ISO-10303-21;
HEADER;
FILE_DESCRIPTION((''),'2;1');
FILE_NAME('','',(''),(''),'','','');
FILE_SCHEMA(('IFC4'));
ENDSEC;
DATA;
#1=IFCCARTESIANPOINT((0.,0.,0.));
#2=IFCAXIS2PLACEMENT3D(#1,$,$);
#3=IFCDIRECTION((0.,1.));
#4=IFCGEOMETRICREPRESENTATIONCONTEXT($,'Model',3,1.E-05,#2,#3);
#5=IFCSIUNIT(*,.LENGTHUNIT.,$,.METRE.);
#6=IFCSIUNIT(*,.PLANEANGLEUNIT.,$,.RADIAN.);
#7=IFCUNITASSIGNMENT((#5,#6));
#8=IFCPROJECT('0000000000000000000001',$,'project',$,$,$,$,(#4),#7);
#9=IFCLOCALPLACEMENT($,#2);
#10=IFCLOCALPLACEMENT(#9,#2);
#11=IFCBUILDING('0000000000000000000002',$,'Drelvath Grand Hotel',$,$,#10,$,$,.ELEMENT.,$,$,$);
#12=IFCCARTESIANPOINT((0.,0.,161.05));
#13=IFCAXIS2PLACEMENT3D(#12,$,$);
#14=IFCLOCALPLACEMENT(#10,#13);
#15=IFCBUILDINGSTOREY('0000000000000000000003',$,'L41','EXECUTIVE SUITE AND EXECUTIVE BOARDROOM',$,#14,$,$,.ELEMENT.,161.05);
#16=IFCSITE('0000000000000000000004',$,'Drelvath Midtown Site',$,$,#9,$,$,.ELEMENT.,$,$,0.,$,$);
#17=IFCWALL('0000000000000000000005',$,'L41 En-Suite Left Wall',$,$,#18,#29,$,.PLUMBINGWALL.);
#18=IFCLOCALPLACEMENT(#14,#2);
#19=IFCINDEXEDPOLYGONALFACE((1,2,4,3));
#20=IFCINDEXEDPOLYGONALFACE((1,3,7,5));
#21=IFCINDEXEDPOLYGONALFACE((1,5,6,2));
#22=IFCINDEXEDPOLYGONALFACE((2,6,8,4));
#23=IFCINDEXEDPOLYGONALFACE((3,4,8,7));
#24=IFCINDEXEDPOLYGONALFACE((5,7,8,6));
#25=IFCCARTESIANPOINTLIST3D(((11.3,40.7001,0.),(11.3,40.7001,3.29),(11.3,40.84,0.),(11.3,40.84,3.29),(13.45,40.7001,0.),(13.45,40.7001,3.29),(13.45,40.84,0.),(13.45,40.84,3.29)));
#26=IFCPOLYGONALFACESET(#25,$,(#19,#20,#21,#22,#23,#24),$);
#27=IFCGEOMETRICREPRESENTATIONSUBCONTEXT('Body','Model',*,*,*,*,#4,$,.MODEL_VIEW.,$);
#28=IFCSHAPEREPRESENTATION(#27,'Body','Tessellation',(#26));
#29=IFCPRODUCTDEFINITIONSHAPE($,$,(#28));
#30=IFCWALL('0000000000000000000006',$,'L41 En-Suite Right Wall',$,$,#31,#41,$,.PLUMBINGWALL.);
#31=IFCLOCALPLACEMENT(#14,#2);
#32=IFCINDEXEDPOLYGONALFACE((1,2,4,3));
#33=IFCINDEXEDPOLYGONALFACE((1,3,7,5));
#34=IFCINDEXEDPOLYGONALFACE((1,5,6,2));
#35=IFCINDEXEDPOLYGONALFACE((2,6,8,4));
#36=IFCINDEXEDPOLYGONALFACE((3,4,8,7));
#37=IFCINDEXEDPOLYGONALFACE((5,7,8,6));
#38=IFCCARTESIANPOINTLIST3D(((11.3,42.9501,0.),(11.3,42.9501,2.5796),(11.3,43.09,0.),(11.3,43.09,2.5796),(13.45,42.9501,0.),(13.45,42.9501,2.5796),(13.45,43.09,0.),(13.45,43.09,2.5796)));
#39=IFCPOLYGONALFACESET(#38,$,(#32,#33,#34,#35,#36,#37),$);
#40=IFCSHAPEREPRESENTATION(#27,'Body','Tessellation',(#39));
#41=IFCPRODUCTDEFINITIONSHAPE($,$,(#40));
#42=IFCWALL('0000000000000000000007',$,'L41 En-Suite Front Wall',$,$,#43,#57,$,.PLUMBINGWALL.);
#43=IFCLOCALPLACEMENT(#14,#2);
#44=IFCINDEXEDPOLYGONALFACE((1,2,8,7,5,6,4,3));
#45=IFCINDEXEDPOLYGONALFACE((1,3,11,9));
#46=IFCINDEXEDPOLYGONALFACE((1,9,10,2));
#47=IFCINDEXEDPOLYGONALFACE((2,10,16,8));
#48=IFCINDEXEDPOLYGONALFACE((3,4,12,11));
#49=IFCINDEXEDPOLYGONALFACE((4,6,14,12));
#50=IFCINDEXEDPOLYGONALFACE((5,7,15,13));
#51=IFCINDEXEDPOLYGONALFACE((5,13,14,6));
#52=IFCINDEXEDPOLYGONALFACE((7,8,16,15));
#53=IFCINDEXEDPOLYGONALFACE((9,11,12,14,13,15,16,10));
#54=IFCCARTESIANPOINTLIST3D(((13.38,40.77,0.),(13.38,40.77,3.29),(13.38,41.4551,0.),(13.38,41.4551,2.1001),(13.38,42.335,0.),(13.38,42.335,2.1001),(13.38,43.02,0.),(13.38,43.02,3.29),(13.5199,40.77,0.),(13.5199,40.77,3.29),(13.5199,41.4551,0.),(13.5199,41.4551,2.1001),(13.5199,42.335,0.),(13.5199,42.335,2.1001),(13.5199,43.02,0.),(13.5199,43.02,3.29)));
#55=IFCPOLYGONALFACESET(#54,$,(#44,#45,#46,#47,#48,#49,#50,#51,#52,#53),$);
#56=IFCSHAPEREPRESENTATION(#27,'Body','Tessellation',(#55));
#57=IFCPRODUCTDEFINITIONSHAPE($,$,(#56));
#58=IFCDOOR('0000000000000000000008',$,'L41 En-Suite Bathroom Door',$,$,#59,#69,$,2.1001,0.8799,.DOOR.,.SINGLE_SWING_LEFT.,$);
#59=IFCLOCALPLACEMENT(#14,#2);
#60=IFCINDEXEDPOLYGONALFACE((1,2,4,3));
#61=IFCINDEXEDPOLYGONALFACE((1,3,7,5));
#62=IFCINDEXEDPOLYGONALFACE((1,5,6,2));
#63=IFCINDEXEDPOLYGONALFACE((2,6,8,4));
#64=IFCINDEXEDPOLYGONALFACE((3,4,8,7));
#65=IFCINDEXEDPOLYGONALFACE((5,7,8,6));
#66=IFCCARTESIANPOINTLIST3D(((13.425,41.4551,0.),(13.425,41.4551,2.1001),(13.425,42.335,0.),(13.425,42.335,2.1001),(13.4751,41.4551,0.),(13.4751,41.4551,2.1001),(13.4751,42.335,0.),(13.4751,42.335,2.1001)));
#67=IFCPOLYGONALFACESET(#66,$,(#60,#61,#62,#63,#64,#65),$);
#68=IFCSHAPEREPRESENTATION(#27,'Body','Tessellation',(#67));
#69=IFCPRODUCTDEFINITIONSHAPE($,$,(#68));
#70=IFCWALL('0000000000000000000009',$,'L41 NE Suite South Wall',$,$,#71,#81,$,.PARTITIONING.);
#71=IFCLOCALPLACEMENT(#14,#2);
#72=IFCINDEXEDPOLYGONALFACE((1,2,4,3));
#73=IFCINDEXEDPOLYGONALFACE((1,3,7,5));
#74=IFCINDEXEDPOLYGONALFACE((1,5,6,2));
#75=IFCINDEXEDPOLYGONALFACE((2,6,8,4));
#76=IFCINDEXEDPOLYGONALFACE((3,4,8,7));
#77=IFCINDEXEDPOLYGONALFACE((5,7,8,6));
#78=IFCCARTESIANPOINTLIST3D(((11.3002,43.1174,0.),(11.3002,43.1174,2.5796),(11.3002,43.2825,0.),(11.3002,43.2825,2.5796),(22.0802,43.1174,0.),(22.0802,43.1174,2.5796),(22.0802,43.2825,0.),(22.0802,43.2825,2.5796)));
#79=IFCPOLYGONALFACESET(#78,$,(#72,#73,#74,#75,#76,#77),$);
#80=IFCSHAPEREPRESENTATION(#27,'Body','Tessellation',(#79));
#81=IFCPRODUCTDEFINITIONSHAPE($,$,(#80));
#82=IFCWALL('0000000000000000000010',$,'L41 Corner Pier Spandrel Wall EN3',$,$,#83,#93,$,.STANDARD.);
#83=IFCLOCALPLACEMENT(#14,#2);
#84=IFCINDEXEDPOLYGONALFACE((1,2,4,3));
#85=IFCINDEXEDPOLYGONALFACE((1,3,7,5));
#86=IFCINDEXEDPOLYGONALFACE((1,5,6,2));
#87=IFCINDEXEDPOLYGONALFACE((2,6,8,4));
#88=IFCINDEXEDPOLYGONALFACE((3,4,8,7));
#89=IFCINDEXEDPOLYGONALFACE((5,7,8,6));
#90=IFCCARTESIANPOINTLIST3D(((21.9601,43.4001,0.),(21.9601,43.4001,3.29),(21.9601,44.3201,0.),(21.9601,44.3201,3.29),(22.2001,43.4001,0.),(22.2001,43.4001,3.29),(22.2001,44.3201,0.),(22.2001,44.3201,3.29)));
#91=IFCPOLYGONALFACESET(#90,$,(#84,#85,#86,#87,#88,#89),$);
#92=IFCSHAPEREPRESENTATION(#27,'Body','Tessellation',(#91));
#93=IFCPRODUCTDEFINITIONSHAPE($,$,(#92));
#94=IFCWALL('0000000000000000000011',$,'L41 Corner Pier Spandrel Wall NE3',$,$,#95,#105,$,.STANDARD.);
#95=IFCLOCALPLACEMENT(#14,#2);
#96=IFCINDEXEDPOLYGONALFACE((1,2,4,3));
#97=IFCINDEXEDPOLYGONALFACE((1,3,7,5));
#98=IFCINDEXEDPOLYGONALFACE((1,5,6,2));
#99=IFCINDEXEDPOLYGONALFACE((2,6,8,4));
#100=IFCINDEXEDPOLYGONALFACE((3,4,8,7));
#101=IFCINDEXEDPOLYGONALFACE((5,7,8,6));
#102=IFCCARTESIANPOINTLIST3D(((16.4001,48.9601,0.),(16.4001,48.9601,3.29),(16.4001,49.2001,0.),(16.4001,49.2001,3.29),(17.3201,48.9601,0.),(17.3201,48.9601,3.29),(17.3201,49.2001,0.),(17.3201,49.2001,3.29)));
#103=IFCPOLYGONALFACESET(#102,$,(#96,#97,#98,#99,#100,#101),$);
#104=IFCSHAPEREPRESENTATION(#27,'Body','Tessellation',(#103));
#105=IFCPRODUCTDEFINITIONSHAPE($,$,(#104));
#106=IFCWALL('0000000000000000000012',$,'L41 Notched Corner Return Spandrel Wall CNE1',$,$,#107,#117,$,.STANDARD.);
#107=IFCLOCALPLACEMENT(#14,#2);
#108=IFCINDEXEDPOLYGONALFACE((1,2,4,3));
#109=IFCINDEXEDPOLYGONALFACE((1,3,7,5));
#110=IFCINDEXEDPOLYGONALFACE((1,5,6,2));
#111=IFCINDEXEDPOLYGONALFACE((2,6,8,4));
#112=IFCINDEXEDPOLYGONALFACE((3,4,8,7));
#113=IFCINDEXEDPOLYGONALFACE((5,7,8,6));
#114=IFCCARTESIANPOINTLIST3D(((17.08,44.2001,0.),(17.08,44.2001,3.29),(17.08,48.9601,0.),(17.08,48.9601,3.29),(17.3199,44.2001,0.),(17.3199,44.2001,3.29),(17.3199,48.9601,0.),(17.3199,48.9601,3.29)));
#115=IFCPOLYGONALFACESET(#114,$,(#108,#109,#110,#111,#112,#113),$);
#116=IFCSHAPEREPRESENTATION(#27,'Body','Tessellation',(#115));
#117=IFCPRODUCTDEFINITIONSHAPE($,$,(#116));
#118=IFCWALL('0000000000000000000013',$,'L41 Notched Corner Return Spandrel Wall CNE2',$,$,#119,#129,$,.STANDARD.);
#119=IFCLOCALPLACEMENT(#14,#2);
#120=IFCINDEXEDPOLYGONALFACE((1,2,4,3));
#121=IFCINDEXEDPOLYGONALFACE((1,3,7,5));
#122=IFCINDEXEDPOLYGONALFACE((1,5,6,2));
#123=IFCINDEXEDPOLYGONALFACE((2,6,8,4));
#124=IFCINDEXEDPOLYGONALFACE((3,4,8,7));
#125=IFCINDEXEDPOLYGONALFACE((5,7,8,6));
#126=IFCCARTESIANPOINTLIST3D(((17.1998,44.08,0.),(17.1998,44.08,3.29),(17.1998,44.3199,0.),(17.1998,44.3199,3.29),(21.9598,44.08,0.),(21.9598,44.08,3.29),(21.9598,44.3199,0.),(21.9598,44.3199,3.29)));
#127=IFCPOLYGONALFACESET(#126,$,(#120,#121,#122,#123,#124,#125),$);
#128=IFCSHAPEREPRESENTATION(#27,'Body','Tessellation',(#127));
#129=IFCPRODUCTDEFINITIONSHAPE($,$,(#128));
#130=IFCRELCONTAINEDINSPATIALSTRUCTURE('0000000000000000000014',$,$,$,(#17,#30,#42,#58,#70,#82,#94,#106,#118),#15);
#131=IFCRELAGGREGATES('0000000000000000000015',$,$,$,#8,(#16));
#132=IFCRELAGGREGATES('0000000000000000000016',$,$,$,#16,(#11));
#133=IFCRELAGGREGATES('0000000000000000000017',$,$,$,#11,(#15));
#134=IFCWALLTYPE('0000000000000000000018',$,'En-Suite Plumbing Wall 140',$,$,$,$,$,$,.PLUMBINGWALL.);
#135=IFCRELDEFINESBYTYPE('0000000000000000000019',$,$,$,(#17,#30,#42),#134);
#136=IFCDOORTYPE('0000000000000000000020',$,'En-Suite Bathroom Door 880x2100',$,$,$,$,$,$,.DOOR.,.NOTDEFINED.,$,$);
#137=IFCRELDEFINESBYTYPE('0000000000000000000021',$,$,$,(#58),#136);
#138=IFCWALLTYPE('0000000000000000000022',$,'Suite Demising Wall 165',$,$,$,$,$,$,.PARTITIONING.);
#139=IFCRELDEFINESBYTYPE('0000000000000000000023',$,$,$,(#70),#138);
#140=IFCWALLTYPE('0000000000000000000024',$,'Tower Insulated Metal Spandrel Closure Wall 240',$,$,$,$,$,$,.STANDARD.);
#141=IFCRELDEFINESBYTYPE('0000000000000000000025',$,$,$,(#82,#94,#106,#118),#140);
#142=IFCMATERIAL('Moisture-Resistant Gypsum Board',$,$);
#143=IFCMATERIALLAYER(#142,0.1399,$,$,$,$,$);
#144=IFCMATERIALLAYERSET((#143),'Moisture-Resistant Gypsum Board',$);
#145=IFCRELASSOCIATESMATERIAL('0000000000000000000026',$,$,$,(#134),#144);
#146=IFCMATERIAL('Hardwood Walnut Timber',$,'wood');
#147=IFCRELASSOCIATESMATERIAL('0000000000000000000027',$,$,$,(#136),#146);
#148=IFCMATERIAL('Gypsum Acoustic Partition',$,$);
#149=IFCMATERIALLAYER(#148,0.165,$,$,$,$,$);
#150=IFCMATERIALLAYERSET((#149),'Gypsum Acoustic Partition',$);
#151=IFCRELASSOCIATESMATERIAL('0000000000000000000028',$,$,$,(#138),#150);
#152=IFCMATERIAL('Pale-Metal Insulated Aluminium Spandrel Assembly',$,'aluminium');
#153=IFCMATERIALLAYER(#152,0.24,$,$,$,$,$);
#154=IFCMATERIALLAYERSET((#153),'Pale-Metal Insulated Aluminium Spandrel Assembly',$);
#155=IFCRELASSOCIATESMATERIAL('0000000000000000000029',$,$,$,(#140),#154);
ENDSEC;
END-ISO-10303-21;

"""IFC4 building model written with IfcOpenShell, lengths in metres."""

from ifc_helpers import new_model, si_unit, direction, frame, frame_2d, origin, place, context, subcontext, project, spatial, rectangle, extrude, material, layer, layer_set, type_object, element, fill, save


model = new_model("IFC4")

# Units and contexts
model_context = context("Model", 3, precision=1e-05, world=origin(), true_north=direction((0.0, 1.0)))
body_context = subcontext(model_context, "Body", "Model", "MODEL_VIEW")
ifc_project = project(units=[si_unit("LENGTHUNIT", "METRE"), si_unit("PLANEANGLEUNIT", "RADIAN")], contexts=[model_context])

# Site, building, storey
site_placement = place(None, origin())
site = spatial("IfcSite", under=ifc_project, at=site_placement, Name="Drelvath Midtown Site", CompositionType="ELEMENT", RefElevation=0.0)
building_placement = place(site_placement, origin())
building = spatial("IfcBuilding", under=site, at=building_placement, Name="Drelvath Grand Hotel", CompositionType="ELEMENT")
storey_placement = place(building_placement, frame((0.0, 0.0, 161.05)))
storey = spatial("IfcBuildingStorey", under=building, at=storey_placement, Name="L41", Description="EXECUTIVE SUITE AND EXECUTIVE BOARDROOM", CompositionType="ELEMENT", Elevation=161.05)

# Shared definitions
ifc_material_1 = material(Name="Moisture-Resistant Gypsum Board")
ifc_layer_1 = layer(ifc_material_1, 0.1399)
ifc_layer_set_1 = layer_set([ifc_layer_1], Name="Moisture-Resistant Gypsum Board")
wall_type_1 = type_object("IfcWallType", Name="En-Suite Plumbing Wall 140", PredefinedType="PLUMBINGWALL", material=ifc_layer_set_1)

# Shared definitions
ifc_material_2 = material(Name="Hardwood Walnut Timber", Category="wood")
door_type = type_object("IfcDoorType", Name="En-Suite Bathroom Door 880x2100", OperationType="NOTDEFINED", PredefinedType="DOOR", material=ifc_material_2)

# Walls
wall_1_placement = place(storey_placement, frame((11.3, 40.77, 0.0), z_axis=(0.0, 0.0, 1.0), x_axis=(1.0, 0.0, 0.0)))
element("IfcWall", 1, at=wall_1_placement, inside=storey, type_object=wall_type_1, Name="L41 En-Suite Left Wall", PredefinedType="PLUMBINGWALL", context=body_context, shape_type="SweptSolid", body=[
    extrude(rectangle(XDim=2.1499, YDim=0.1399, at=frame_2d((1.075, 0.0))), origin(), (0.0, 0.0, 1.0), 3.29),
])
wall_2_placement = place(storey_placement, frame((11.3, 43.02, 0.0), z_axis=(0.0, 0.0, 1.0), x_axis=(1.0, 0.0, 0.0)))
element("IfcWall", 2, at=wall_2_placement, inside=storey, type_object=wall_type_1, Name="L41 En-Suite Right Wall", PredefinedType="PLUMBINGWALL", context=body_context, shape_type="SweptSolid", body=[
    extrude(rectangle(XDim=2.1499, YDim=0.1399, at=frame_2d((1.075, 0.0))), origin(), (0.0, 0.0, 1.0), 2.5796),
])

# Wall, opening, door
wall_3_placement = place(storey_placement, frame((13.45, 40.77, 0.0), z_axis=(0.0, 0.0, 1.0), x_axis=(0.0, 1.0, 0.0)))
wall_3 = element("IfcWall", 3, at=wall_3_placement, inside=storey, type_object=wall_type_1, Name="L41 En-Suite Front Wall", PredefinedType="PLUMBINGWALL", context=body_context, shape_type="SweptSolid", body=[
    extrude(rectangle(XDim=2.25, YDim=0.1399, at=frame_2d((1.125, 0.0))), origin(), (0.0, 0.0, 1.0), 3.29),
])
opening_1_placement = place(wall_3_placement, frame((0.6851, 0.0, 0.0)))
opening_1 = element("IfcOpeningElement", 4, at=opening_1_placement, cuts=wall_3, PredefinedType="OPENING", context=body_context, shape_type="SweptSolid", body=[
    extrude(rectangle(XDim=0.8799, YDim=2.1001, at=frame_2d((0.4399, 1.05))), frame((0.0, 0.0798, 0.0), z_axis=(0.0, -1.0, 0.0), x_axis=(1.0, 0.0, 0.0)), (0.0, 0.0, 1.0), 0.1599),
])
door_1_placement = place(opening_1_placement, origin())
door_1 = element("IfcDoor", 5, at=door_1_placement, inside=storey, type_object=door_type, Name="L41 En-Suite Bathroom Door", OperationType="SINGLE_SWING_LEFT", OverallHeight=2.1001, OverallWidth=0.8799, PredefinedType="DOOR", context=body_context, shape_type="SweptSolid", body=[
    extrude(rectangle(XDim=0.8799, YDim=2.1001, at=frame_2d((0.4399, 1.05))), frame((0.0, 0.0249, 0.0), z_axis=(0.0, -1.0, 0.0), x_axis=(1.0, 0.0, 0.0)), (0.0, 0.0, 1.0), 0.05),
])
fill(opening_1, door_1)

# Walls
ifc_material_3 = material(Name="Gypsum Acoustic Partition")
ifc_layer_2 = layer(ifc_material_3, 0.165)
ifc_layer_set_2 = layer_set([ifc_layer_2], Name="Gypsum Acoustic Partition")
wall_type_2 = type_object("IfcWallType", Name="Suite Demising Wall 165", PredefinedType="PARTITIONING", material=ifc_layer_set_2)
wall_4_placement = place(storey_placement, frame((11.3, 43.2, 0.0), z_axis=(0.0, 0.0, 1.0), x_axis=(1.0, 0.0, 0.0)))
element("IfcWall", 6, at=wall_4_placement, inside=storey, type_object=wall_type_2, Name="L41 NE Suite South Wall", PredefinedType="PARTITIONING", context=body_context, shape_type="SweptSolid", body=[
    extrude(rectangle(XDim=10.78, YDim=0.165, at=frame_2d((5.3901, 0.0))), origin(), (0.0, 0.0, 1.0), 2.5796),
])
ifc_material_4 = material(Name="Pale-Metal Insulated Aluminium Spandrel Assembly", Category="aluminium")
ifc_layer_3 = layer(ifc_material_4, 0.24)
ifc_layer_set_3 = layer_set([ifc_layer_3], Name="Pale-Metal Insulated Aluminium Spandrel Assembly")
wall_type_3 = type_object("IfcWallType", Name="Tower Insulated Metal Spandrel Closure Wall 240", PredefinedType="STANDARD", material=ifc_layer_set_3)
for number, where, z_axis, x_axis, name in (
    (7, (22.0801, 44.3201, 0.0), (0.0, 0.0, 1.0), (0.0, -1.0, 0.0), "L41 Corner Pier Spandrel Wall EN3"),
    (8, (16.4001, 49.0801, 0.0), (0.0, 0.0, 1.0), (1.0, 0.0, 0.0), "L41 Corner Pier Spandrel Wall NE3"),
):
    element("IfcWall", number, at=place(storey_placement, frame(where, z_axis=z_axis, x_axis=x_axis)), inside=storey, type_object=wall_type_3, Name=name, PredefinedType="STANDARD", context=body_context, shape_type="SweptSolid", body=[
        extrude(rectangle(XDim=0.9199, YDim=0.24, at=frame_2d((0.46, 0.0))), origin(), (0.0, 0.0, 1.0), 3.29),
    ])
for number, where, z_axis, x_axis, name in (
    (9, (17.2, 48.96, 0.0), (0.0, 0.0, 1.0), (0.0, -1.0, 0.0), "L41 Notched Corner Return Spandrel Wall CNE1"),
    (10, (17.2, 44.2, 0.0), (0.0, 0.0, 1.0), (1.0, 0.0, 0.0), "L41 Notched Corner Return Spandrel Wall CNE2"),
):
    element("IfcWall", number, at=place(storey_placement, frame(where, z_axis=z_axis, x_axis=x_axis)), inside=storey, type_object=wall_type_3, Name=name, PredefinedType="STANDARD", context=body_context, shape_type="SweptSolid", body=[
        extrude(rectangle(XDim=4.76, YDim=0.24, at=frame_2d((2.3799, 0.0))), origin(), (0.0, 0.0, 1.0), 3.29),
    ])

save(model, "model.ifc")
